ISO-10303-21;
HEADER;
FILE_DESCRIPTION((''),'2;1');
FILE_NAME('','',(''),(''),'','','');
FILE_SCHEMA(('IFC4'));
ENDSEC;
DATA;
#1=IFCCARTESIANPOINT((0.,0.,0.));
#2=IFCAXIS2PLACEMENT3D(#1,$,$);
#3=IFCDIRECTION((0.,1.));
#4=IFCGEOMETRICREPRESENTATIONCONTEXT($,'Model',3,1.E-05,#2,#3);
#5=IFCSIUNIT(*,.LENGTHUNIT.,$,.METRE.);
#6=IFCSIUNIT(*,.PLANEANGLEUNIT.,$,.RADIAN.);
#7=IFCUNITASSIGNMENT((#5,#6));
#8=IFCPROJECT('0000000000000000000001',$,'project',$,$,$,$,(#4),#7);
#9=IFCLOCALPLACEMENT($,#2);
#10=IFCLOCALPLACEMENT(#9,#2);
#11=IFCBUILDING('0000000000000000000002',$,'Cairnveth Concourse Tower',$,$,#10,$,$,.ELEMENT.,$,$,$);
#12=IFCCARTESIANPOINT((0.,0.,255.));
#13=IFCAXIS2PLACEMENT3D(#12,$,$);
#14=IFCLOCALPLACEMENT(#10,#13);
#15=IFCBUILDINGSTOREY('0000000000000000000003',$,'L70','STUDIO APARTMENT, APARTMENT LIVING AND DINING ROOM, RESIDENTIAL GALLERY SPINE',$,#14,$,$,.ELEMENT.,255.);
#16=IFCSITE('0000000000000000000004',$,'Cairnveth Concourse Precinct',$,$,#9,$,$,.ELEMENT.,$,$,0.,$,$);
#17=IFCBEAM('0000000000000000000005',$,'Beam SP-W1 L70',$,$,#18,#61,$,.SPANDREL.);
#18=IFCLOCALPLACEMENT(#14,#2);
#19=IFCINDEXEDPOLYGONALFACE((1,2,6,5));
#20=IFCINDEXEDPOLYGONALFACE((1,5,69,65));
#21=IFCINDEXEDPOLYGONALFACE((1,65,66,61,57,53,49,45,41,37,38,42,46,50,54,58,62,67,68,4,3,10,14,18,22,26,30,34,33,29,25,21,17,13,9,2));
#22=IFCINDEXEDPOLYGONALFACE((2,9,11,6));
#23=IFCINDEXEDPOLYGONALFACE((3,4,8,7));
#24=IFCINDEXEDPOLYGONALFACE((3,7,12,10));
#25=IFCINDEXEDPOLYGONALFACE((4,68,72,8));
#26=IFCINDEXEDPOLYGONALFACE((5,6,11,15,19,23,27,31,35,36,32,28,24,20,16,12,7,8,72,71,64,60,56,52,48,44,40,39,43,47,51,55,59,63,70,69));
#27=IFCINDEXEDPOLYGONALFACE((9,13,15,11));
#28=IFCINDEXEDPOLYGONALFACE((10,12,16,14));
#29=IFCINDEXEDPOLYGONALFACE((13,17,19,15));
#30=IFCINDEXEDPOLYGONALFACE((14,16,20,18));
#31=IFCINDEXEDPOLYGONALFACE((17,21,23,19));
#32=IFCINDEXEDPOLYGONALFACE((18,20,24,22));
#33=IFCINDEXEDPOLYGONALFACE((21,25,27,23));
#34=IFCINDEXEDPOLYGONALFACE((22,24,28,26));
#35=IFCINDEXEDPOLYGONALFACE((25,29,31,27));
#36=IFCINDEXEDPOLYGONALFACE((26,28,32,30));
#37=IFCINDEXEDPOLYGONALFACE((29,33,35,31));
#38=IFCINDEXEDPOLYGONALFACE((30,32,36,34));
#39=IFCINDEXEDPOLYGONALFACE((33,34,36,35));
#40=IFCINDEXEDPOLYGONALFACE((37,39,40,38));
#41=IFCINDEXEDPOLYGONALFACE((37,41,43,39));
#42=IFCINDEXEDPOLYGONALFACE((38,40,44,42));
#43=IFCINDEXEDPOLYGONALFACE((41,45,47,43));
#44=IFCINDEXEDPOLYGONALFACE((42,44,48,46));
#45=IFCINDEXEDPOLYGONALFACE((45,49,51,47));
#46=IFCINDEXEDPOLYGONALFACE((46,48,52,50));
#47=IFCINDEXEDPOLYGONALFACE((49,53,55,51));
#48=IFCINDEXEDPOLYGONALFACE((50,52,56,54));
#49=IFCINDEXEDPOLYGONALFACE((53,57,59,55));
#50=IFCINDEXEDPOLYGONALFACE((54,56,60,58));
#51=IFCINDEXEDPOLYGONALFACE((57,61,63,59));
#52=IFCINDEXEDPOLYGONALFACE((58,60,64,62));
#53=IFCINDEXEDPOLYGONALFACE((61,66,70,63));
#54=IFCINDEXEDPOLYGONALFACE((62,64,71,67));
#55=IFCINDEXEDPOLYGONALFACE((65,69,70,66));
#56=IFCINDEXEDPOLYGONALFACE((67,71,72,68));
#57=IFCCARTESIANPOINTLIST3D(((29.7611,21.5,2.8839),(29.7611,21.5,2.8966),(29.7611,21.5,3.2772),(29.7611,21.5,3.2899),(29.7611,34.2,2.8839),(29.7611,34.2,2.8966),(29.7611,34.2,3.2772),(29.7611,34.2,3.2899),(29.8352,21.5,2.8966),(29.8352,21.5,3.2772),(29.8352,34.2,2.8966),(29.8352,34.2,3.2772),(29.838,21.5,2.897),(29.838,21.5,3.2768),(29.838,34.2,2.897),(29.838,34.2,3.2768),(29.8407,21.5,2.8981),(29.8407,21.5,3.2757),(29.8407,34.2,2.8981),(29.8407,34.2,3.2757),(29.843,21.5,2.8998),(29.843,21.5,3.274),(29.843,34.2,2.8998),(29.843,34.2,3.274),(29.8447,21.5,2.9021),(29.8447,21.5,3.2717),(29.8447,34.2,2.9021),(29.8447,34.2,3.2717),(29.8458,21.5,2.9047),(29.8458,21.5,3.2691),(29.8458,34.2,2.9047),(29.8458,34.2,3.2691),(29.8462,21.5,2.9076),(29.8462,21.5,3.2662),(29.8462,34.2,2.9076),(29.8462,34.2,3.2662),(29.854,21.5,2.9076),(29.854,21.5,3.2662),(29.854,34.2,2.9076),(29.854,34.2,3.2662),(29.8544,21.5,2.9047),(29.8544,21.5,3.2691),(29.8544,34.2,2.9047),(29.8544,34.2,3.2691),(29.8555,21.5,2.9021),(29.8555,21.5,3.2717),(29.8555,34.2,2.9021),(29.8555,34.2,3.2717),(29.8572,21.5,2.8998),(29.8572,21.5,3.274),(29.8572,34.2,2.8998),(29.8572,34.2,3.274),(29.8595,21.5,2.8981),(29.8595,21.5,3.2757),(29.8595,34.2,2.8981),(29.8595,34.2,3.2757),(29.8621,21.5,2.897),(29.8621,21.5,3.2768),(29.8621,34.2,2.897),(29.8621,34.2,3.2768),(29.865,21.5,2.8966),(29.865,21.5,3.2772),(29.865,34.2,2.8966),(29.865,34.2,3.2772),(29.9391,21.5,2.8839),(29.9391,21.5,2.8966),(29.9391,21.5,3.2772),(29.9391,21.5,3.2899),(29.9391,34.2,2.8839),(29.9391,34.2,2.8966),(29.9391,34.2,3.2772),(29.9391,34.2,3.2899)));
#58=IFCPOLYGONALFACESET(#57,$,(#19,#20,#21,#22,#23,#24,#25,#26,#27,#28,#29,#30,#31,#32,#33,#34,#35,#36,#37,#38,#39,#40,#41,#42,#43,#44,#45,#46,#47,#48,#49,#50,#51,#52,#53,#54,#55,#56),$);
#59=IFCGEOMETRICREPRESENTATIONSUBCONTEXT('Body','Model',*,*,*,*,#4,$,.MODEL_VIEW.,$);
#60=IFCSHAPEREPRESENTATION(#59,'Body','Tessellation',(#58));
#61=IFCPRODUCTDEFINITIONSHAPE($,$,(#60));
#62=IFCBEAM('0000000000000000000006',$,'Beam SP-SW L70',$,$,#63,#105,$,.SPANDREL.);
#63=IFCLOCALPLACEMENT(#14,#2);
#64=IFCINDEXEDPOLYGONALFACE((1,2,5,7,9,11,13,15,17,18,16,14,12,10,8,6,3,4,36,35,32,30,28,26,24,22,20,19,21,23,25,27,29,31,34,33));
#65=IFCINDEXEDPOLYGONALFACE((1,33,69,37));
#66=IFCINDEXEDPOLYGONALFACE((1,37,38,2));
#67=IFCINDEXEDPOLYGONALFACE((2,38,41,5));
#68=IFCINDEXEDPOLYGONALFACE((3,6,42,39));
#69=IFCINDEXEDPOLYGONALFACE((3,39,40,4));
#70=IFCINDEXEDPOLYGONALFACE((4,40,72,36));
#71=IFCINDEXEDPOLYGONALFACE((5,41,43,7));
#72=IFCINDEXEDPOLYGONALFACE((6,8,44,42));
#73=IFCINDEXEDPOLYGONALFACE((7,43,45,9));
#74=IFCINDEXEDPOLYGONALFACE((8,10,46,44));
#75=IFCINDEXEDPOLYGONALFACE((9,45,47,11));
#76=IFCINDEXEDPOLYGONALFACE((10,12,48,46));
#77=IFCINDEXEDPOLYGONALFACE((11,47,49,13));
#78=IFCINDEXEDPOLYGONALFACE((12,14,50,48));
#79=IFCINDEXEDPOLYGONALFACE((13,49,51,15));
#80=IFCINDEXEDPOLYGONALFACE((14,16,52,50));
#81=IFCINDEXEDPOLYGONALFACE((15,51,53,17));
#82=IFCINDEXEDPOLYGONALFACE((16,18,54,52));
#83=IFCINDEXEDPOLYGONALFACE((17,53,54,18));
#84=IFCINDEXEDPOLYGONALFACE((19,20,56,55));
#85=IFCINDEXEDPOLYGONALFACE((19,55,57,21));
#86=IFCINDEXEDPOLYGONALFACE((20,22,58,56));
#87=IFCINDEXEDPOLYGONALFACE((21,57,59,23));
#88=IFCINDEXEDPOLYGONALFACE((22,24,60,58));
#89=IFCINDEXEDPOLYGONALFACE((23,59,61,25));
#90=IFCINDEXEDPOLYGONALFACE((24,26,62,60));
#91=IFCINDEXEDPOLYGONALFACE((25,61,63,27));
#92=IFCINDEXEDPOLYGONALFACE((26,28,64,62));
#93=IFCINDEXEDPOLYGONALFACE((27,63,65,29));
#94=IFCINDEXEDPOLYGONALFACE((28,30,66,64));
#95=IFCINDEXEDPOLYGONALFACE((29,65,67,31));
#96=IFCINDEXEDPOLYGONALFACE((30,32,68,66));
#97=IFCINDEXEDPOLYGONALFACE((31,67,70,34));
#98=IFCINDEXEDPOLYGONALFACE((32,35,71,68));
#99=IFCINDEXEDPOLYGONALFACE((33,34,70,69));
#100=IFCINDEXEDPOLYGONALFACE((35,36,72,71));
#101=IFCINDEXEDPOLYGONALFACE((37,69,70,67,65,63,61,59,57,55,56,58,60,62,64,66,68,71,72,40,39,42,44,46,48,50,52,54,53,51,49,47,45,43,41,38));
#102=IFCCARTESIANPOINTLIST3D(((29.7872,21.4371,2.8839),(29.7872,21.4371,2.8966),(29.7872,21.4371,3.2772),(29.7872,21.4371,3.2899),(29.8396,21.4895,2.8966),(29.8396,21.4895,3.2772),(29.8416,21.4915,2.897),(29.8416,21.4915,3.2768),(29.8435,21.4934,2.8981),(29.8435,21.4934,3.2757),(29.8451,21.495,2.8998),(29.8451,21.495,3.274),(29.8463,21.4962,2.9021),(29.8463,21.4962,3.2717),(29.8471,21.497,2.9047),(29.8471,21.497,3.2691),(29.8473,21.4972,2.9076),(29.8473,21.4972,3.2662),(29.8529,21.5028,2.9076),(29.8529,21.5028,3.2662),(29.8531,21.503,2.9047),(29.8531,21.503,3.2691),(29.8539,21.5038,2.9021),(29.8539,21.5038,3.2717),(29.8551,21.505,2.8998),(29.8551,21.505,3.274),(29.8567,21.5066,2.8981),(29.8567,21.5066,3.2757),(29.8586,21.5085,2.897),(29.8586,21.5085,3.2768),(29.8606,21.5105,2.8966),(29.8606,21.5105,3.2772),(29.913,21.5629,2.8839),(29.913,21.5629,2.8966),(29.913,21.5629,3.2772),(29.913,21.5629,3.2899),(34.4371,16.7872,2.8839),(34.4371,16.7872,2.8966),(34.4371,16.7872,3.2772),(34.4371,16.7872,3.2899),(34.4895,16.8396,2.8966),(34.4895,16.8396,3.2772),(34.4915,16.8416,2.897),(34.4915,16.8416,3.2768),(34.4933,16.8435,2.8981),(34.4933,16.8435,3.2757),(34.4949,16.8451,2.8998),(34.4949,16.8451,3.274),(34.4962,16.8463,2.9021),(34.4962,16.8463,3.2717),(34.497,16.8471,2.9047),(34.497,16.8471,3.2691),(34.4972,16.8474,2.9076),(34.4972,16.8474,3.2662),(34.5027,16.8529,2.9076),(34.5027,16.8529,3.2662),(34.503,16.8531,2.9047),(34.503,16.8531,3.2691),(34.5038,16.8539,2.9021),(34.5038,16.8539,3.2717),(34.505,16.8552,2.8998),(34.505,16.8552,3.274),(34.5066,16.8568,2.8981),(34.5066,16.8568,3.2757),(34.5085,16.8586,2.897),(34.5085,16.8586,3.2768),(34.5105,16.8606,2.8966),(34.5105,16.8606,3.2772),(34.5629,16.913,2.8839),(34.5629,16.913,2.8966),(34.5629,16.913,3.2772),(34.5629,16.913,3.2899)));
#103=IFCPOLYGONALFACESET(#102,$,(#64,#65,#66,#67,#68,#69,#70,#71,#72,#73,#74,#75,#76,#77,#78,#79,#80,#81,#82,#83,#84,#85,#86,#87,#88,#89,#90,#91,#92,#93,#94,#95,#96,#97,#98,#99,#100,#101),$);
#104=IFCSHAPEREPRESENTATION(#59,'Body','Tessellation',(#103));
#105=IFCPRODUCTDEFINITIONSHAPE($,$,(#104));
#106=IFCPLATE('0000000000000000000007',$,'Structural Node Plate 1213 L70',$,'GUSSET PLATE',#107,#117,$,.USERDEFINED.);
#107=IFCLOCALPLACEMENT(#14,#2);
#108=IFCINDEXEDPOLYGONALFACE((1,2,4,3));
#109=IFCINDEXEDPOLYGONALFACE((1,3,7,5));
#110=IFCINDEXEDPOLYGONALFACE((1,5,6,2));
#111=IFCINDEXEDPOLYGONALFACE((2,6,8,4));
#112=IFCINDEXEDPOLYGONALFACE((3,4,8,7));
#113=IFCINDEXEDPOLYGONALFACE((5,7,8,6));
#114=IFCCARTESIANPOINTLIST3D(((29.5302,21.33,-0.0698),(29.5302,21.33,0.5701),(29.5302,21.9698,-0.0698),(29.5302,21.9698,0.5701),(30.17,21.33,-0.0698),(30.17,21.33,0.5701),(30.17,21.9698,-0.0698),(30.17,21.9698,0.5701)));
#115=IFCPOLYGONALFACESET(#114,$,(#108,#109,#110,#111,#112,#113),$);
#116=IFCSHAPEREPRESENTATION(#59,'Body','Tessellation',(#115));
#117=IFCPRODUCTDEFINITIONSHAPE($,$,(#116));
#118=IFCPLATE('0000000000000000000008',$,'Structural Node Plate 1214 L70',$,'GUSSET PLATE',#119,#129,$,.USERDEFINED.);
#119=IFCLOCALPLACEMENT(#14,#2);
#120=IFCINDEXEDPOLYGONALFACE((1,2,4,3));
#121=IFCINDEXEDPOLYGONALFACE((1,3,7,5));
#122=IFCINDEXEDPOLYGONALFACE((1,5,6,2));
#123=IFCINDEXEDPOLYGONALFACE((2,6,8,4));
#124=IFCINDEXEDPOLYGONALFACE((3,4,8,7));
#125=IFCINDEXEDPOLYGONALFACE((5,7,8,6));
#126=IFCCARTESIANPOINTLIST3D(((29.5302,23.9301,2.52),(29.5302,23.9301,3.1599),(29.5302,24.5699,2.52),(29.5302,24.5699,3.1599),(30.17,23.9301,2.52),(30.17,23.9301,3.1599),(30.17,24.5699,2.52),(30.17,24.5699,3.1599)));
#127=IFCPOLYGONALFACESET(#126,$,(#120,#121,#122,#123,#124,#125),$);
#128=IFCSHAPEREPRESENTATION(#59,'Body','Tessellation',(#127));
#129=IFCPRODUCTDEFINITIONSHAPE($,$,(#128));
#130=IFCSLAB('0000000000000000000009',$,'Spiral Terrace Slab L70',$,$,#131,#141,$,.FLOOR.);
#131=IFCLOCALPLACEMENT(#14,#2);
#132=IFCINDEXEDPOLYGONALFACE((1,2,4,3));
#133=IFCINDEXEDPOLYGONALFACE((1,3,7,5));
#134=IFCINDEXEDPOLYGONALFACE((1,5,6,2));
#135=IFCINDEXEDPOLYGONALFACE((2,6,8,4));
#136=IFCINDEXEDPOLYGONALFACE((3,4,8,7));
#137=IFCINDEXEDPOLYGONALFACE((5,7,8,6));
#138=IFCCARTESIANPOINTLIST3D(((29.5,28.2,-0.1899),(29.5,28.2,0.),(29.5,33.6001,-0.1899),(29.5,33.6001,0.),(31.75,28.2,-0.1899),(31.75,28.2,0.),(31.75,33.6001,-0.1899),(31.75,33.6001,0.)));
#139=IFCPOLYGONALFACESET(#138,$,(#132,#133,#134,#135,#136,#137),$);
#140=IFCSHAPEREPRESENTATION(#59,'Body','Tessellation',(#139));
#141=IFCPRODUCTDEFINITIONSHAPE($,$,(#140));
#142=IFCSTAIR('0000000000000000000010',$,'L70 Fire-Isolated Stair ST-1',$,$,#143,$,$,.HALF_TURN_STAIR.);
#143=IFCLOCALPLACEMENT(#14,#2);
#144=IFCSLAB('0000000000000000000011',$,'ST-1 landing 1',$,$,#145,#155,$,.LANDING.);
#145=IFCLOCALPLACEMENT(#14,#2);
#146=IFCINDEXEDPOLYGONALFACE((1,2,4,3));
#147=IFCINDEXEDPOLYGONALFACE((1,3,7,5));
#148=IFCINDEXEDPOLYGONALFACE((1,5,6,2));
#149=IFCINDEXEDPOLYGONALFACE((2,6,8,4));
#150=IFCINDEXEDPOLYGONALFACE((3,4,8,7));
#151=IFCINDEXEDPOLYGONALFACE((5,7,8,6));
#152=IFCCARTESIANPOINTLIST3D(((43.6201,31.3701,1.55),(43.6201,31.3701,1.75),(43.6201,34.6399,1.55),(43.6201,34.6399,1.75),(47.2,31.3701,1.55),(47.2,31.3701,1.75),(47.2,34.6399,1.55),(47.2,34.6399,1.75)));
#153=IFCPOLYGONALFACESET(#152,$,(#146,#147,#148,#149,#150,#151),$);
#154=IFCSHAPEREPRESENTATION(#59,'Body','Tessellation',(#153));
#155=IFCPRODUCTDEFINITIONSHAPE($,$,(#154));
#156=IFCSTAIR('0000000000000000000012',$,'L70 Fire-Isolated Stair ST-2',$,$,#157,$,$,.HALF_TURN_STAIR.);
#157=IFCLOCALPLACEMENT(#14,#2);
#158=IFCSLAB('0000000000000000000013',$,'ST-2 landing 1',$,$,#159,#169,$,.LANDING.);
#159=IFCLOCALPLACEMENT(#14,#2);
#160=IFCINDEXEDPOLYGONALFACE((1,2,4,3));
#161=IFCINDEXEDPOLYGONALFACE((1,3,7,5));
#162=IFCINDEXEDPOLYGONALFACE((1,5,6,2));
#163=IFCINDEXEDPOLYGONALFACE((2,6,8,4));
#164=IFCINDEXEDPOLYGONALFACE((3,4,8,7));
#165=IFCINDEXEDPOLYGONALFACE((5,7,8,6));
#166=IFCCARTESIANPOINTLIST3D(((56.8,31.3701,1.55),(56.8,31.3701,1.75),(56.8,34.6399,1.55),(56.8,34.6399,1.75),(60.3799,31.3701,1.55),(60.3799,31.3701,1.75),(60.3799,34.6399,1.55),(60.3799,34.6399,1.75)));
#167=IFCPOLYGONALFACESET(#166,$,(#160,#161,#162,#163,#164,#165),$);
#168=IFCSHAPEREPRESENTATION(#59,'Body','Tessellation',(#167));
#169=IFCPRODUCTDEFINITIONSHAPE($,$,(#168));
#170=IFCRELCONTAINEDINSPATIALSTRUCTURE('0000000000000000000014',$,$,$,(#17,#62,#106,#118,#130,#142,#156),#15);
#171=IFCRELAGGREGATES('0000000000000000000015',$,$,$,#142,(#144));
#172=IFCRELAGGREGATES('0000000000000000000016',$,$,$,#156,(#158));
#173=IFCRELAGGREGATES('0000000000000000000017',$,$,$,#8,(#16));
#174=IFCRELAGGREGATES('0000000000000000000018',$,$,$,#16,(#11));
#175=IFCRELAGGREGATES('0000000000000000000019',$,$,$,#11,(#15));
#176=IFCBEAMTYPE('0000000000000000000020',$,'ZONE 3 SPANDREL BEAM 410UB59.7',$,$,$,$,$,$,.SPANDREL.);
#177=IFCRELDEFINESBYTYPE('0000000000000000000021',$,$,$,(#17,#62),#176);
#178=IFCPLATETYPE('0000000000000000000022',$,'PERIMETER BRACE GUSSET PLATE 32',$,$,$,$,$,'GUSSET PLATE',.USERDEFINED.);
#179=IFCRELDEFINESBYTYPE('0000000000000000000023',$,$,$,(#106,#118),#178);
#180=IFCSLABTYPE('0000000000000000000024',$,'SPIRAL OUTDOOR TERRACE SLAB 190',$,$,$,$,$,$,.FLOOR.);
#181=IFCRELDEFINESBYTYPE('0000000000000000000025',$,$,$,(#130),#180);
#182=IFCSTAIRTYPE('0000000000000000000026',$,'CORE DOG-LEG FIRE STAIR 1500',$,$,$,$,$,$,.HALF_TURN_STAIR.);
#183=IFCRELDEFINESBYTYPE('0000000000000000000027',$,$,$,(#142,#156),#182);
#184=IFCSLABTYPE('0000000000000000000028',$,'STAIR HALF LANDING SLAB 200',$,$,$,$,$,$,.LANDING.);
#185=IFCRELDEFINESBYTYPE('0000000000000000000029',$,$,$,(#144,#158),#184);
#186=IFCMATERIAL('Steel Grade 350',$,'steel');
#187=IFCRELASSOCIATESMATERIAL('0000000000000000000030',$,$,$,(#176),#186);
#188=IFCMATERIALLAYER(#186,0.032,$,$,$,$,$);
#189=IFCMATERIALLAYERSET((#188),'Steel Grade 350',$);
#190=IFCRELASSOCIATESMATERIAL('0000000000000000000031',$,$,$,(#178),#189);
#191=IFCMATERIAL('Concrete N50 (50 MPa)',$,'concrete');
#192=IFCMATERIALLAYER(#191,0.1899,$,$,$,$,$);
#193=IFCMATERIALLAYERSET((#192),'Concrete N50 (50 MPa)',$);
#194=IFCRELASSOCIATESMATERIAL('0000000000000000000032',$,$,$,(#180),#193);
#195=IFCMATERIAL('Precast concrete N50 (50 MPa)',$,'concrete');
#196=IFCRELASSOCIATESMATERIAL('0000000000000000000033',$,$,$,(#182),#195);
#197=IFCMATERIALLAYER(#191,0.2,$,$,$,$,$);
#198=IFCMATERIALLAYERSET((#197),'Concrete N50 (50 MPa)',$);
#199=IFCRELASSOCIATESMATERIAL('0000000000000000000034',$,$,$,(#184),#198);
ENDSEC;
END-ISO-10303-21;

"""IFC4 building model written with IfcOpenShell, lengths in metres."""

from ifc_helpers import new_model, si_unit, direction, frame, origin, origin_2d, place, context, subcontext, project, spatial, polyline, rectangle, i_section, outline, extrude, material, layer, layer_set, material_profile, profile_set, type_object, element, aggregate, save


model = new_model("IFC4")

# Units and contexts
model_context = context("Model", 3, precision=1e-05, world=origin(), true_north=direction((0.0, 1.0)))
body_context = subcontext(model_context, "Body", "Model", "MODEL_VIEW")
ifc_project = project(units=[si_unit("LENGTHUNIT", "METRE"), si_unit("PLANEANGLEUNIT", "RADIAN")], contexts=[model_context])

# Site, building, storey
site_placement = place(None, origin())
site = spatial("IfcSite", under=ifc_project, at=site_placement, Name="Cairnveth Concourse Precinct", CompositionType="ELEMENT", RefElevation=0.0)
building_placement = place(site_placement, origin())
building = spatial("IfcBuilding", under=site, at=building_placement, Name="Cairnveth Concourse Tower", CompositionType="ELEMENT")
storey_placement = place(building_placement, frame((0.0, 0.0, 255.0)))
storey = spatial("IfcBuildingStorey", under=building, at=storey_placement, Name="L70", Description="STUDIO APARTMENT, APARTMENT LIVING AND DINING ROOM, RESIDENTIAL GALLERY SPINE", CompositionType="ELEMENT", Elevation=255.0)

# Shared definitions
ifc_material_1 = material(Name="Steel Grade 350", Category="steel")

# Beams
ifc_material_profile_1 = material_profile(ifc_material_1, i_section(OverallWidth=0.178, OverallDepth=0.406, WebThickness=0.0078, FlangeThickness=0.0127, FilletRadius=0.011, at=origin_2d()), Name="410UB59.7")
ifc_profile_set_1 = profile_set([ifc_material_profile_1], Name="Steel Grade 350")
beam_type_1 = type_object("IfcBeamType", Name="ZONE 3 SPANDREL BEAM 410UB59.7", PredefinedType="SPANDREL", material=ifc_profile_set_1)
beam_1_placement = place(storey_placement, frame((29.8501, 21.5, 3.0869), z_axis=(0.0, 1.0, 0.0), x_axis=(-1.0, 0.0, 0.0)))
element("IfcBeam", 1, at=beam_1_placement, inside=storey, type_object=beam_type_1, Name="Beam SP-W1 L70", PredefinedType="SPANDREL", context=body_context, shape_type="SweptSolid", body=[
    extrude(i_section(OverallWidth=0.178, OverallDepth=0.406, WebThickness=0.0078, FlangeThickness=0.0127, FilletRadius=0.011, at=origin_2d()), origin(), (0.0, 0.0, 1.0), 12.7),
])
beam_2_placement = place(storey_placement, frame((29.8501, 21.5, 3.0869), z_axis=(0.707107, -0.707107, 0.0), x_axis=(0.707107, 0.707107, 0.0)))
element("IfcBeam", 2, at=beam_2_placement, inside=storey, type_object=beam_type_1, Name="Beam SP-SW L70", PredefinedType="SPANDREL", context=body_context, shape_type="SweptSolid", body=[
    extrude(i_section(OverallWidth=0.178, OverallDepth=0.406, WebThickness=0.0078, FlangeThickness=0.0127, FilletRadius=0.011, at=origin_2d()), origin(), (0.0, 0.0, 1.0), 6.5759),
])

# Plates
ifc_layer_1 = layer(ifc_material_1, 0.032)
ifc_layer_set_1 = layer_set([ifc_layer_1], Name="Steel Grade 350")
plate_type = type_object("IfcPlateType", Name="PERIMETER BRACE GUSSET PLATE 32", ElementType="GUSSET PLATE", PredefinedType="USERDEFINED", material=ifc_layer_set_1)
for number, where, z_axis, x_axis, name in (
    (3, (29.8501, 21.6499, -0.0698), (0.0, 0.0, 1.0), (1.0, 0.0, 0.0), "Structural Node Plate 1213 L70"),
    (4, (29.8501, 24.25, 2.52), (0.0, 0.0, 1.0), (1.0, 0.0, 0.0), "Structural Node Plate 1214 L70"),
):
    element("IfcPlate", number, at=place(storey_placement, frame(where, z_axis=z_axis, x_axis=x_axis)), inside=storey, type_object=plate_type, Name=name, ObjectType="GUSSET PLATE", PredefinedType="USERDEFINED", context=body_context, shape_type="SweptSolid", body=[
        extrude(rectangle(XDim=0.6399, YDim=0.6399, at=origin_2d()), origin(), (0.0, 0.0, 1.0), 0.6399),
    ])

# Slab
ifc_material_2 = material(Name="Concrete N50 (50 MPa)", Category="concrete")
ifc_layer_2 = layer(ifc_material_2, 0.1899)
ifc_layer_set_2 = layer_set([ifc_layer_2], Name="Concrete N50 (50 MPa)")
slab_type_1 = type_object("IfcSlabType", Name="SPIRAL OUTDOOR TERRACE SLAB 190", PredefinedType="FLOOR", material=ifc_layer_set_2)
slab_1_placement = place(storey_placement, frame((0.0, 0.0, -0.1899)))
element("IfcSlab", 5, at=slab_1_placement, inside=storey, type_object=slab_type_1, Name="Spiral Terrace Slab L70", PredefinedType="FLOOR", context=body_context, shape_type="SweptSolid", body=[
    extrude(outline(polyline([(29.5, 28.2), (31.75, 28.2), (31.75, 33.6001), (29.5, 33.6001), (29.5, 28.2)])), origin(), (0.0, 0.0, 1.0), 0.1899),
])

# Stairs, slabs
ifc_material_3 = material(Name="Precast concrete N50 (50 MPa)", Category="concrete")
stair_type = type_object("IfcStairType", Name="CORE DOG-LEG FIRE STAIR 1500", PredefinedType="HALF_TURN_STAIR", material=ifc_material_3)
stair_1_placement = place(storey_placement, origin())
stair_1 = element("IfcStair", 6, at=stair_1_placement, inside=storey, type_object=stair_type, Name="L70 Fire-Isolated Stair ST-1", PredefinedType="HALF_TURN_STAIR")
ifc_layer_3 = layer(ifc_material_2, 0.2)
ifc_layer_set_3 = layer_set([ifc_layer_3], Name="Concrete N50 (50 MPa)")
slab_type_2 = type_object("IfcSlabType", Name="STAIR HALF LANDING SLAB 200", PredefinedType="LANDING", material=ifc_layer_set_3)
slab_2_placement = place(storey_placement, frame((0.0, 0.0, 1.55)))
slab_2 = element("IfcSlab", 7, at=slab_2_placement, type_object=slab_type_2, Name="ST-1 landing 1", PredefinedType="LANDING", context=body_context, shape_type="SweptSolid", body=[
    extrude(outline(polyline([(43.6201, 34.6399), (43.6201, 31.3701), (47.2, 31.3701), (47.2, 34.6399), (43.6201, 34.6399)])), origin(), (0.0, 0.0, 1.0), 0.2),
])
aggregate(stair_1, [slab_2])
stair_2_placement = place(storey_placement, origin())
stair_2 = element("IfcStair", 8, at=stair_2_placement, inside=storey, type_object=stair_type, Name="L70 Fire-Isolated Stair ST-2", PredefinedType="HALF_TURN_STAIR")
slab_3_placement = place(storey_placement, frame((0.0, 0.0, 1.55)))
slab_3 = element("IfcSlab", 9, at=slab_3_placement, type_object=slab_type_2, Name="ST-2 landing 1", PredefinedType="LANDING", context=body_context, shape_type="SweptSolid", body=[
    extrude(outline(polyline([(56.8, 34.6399), (56.8, 31.3701), (60.3799, 31.3701), (60.3799, 34.6399), (56.8, 34.6399)])), origin(), (0.0, 0.0, 1.0), 0.2),
])
aggregate(stair_2, [slab_3])

save(model, "model.ifc")
